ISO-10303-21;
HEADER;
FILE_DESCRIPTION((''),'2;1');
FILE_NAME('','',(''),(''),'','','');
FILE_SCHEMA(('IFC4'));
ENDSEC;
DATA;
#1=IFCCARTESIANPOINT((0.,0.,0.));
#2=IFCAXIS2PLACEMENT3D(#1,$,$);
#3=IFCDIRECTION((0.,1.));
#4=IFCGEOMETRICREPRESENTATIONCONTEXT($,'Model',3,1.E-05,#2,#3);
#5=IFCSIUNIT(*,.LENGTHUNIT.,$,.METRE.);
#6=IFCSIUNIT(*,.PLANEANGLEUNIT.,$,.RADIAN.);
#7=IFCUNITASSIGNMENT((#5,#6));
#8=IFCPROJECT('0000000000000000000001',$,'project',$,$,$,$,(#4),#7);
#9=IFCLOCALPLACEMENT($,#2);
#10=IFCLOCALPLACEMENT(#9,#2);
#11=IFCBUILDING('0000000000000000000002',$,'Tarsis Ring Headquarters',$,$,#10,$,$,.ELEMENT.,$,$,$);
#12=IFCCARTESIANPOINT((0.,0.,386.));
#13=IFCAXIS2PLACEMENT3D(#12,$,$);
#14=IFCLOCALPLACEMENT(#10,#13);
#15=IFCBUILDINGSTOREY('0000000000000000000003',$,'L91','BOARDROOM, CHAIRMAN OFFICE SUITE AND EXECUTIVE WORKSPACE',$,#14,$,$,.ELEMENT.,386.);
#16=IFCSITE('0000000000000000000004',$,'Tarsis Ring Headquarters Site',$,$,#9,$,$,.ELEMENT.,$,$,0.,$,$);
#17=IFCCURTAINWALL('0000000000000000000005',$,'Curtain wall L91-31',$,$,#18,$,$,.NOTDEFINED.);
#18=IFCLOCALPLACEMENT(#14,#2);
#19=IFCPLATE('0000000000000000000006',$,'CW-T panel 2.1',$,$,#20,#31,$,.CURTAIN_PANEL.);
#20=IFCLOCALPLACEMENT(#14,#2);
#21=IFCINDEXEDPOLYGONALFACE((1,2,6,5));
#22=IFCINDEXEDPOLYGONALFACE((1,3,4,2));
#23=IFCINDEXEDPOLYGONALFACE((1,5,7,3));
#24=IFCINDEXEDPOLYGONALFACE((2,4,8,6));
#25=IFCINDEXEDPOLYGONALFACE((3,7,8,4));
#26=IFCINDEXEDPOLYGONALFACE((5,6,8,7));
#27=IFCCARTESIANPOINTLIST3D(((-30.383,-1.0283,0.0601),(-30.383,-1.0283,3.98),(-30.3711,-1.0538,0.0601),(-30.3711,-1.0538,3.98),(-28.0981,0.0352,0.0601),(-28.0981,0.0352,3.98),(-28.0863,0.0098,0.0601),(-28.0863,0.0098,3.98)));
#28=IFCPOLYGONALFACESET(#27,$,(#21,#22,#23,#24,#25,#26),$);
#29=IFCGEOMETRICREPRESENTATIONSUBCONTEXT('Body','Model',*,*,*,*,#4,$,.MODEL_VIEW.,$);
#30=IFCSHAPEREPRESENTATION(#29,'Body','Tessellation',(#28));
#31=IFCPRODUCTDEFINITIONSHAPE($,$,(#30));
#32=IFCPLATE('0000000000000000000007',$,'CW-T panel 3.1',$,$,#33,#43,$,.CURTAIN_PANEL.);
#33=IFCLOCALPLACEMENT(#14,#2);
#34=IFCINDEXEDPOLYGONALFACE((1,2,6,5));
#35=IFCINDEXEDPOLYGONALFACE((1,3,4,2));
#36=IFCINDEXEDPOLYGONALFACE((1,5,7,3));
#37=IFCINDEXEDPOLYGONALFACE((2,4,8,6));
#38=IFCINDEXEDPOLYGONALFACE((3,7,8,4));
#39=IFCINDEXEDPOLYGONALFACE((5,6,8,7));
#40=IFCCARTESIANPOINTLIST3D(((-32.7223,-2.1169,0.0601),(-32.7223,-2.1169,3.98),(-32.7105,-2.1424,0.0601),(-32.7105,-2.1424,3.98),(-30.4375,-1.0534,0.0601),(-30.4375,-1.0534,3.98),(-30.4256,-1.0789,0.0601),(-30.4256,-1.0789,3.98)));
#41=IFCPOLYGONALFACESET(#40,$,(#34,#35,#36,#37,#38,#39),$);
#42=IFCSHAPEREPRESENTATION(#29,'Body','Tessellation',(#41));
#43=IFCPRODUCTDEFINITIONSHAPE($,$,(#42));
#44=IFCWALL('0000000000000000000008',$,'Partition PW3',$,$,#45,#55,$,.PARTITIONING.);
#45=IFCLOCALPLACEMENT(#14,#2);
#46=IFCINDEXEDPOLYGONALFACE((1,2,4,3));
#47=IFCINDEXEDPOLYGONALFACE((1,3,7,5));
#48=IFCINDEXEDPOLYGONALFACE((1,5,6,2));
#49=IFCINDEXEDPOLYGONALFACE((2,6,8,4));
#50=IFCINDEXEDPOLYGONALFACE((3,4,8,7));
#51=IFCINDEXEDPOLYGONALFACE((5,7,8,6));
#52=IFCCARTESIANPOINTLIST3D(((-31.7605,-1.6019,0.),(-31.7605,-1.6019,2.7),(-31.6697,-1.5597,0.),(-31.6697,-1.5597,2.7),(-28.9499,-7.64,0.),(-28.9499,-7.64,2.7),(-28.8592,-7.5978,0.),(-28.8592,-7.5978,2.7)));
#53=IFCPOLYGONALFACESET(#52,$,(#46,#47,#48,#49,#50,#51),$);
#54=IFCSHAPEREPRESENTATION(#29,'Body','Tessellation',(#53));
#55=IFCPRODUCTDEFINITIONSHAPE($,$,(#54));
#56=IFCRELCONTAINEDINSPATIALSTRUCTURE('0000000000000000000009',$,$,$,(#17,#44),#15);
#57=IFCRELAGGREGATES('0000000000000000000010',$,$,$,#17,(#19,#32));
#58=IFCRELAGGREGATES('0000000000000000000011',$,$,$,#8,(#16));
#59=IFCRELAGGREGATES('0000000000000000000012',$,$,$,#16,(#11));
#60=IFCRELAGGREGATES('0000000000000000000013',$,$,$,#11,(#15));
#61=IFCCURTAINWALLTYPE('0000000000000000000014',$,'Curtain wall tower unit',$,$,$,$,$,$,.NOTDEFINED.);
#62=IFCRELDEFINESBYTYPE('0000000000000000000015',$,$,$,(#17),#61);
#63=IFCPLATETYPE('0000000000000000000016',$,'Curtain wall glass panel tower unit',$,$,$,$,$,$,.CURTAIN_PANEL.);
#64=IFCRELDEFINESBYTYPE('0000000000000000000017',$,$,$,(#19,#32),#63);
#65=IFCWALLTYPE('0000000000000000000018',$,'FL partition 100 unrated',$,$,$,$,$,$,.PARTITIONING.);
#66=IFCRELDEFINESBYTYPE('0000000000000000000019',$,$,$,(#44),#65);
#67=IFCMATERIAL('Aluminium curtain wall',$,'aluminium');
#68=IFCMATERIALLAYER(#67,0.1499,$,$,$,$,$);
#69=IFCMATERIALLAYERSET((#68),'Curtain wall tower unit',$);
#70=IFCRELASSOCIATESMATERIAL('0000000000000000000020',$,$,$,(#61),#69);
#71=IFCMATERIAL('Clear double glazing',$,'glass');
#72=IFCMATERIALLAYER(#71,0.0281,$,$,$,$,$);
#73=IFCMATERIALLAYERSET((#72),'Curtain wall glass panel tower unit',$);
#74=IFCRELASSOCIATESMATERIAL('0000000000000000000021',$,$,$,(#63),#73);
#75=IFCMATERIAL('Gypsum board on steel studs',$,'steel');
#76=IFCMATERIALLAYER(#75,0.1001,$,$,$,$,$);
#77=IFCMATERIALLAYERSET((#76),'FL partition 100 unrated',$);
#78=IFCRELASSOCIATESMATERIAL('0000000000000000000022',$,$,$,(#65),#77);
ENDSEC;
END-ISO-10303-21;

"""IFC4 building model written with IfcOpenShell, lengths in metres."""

from ifc_helpers import new_model, si_unit, direction, frame, frame_2d, origin, origin_2d, place, context, subcontext, project, spatial, rectangle, extrude, material, layer, layer_set, type_object, element, aggregate, save


model = new_model("IFC4")

# Units and contexts
model_context = context("Model", 3, precision=1e-05, world=origin(), true_north=direction((0.0, 1.0)))
body_context = subcontext(model_context, "Body", "Model", "MODEL_VIEW")
ifc_project = project(units=[si_unit("LENGTHUNIT", "METRE"), si_unit("PLANEANGLEUNIT", "RADIAN")], contexts=[model_context])

# Site, building, storey
site_placement = place(None, origin())
site = spatial("IfcSite", under=ifc_project, at=site_placement, Name="Tarsis Ring Headquarters Site", CompositionType="ELEMENT", RefElevation=0.0)
building_placement = place(site_placement, origin())
building = spatial("IfcBuilding", under=site, at=building_placement, Name="Tarsis Ring Headquarters", CompositionType="ELEMENT")
storey_placement = place(building_placement, frame((0.0, 0.0, 386.0)))
storey = spatial("IfcBuildingStorey", under=building, at=storey_placement, Name="L91", Description="BOARDROOM, CHAIRMAN OFFICE SUITE AND EXECUTIVE WORKSPACE", CompositionType="ELEMENT", Elevation=386.0)

# Curtain wall
ifc_material_1 = material(Name="Aluminium curtain wall", Category="aluminium")
ifc_layer_1 = layer(ifc_material_1, 0.1499)
ifc_layer_set_1 = layer_set([ifc_layer_1], Name="Curtain wall tower unit")
curtain_wall_type = type_object("IfcCurtainWallType", Name="Curtain wall tower unit", PredefinedType="NOTDEFINED", material=ifc_layer_set_1)
curtain_wall_placement = place(storey_placement, origin())
curtain_wall = element("IfcCurtainWall", 1, at=curtain_wall_placement, inside=storey, type_object=curtain_wall_type, Name="Curtain wall L91-31", PredefinedType="NOTDEFINED")

# Plates
ifc_material_2 = material(Name="Clear double glazing", Category="glass")
ifc_layer_2 = layer(ifc_material_2, 0.0281)
ifc_layer_set_2 = layer_set([ifc_layer_2], Name="Curtain wall glass panel tower unit")
plate_type = type_object("IfcPlateType", Name="Curtain wall glass panel tower unit", PredefinedType="CURTAIN_PANEL", material=ifc_layer_set_2)
plate_1_placement = place(storey_placement, frame((-29.2346, -0.5093, 0.0601), z_axis=(0.0, 0.0, 1.0), x_axis=(-0.906603, -0.421985, 0.0)))
plate_1 = element("IfcPlate", 2, at=plate_1_placement, type_object=plate_type, Name="CW-T panel 2.1", PredefinedType="CURTAIN_PANEL", context=body_context, shape_type="SweptSolid", body=[
    extrude(rectangle(XDim=2.5203, YDim=0.0281, at=origin_2d()), origin(), (0.0, 0.0, 1.0), 3.9199),
])
plate_2_placement = place(storey_placement, frame((-31.574, -1.5979, 0.0601), z_axis=(0.0, 0.0, 1.0), x_axis=(-0.906603, -0.421985, 0.0)))
plate_2 = element("IfcPlate", 3, at=plate_2_placement, type_object=plate_type, Name="CW-T panel 3.1", PredefinedType="CURTAIN_PANEL", context=body_context, shape_type="SweptSolid", body=[
    extrude(rectangle(XDim=2.5203, YDim=0.0281, at=origin_2d()), origin(), (0.0, 0.0, 1.0), 3.9199),
])
aggregate(curtain_wall, [plate_1, plate_2])

# Wall
ifc_material_3 = material(Name="Gypsum board on steel studs", Category="steel")
ifc_layer_3 = layer(ifc_material_3, 0.1001)
ifc_layer_set_3 = layer_set([ifc_layer_3], Name="FL partition 100 unrated")
wall_type = type_object("IfcWallType", Name="FL partition 100 unrated", PredefinedType="PARTITIONING", material=ifc_layer_set_3)
wall_placement = place(storey_placement, frame((-31.7151, -1.5808, 0.0), z_axis=(0.0, 0.0, 1.0), x_axis=(0.421994, -0.906599, 0.0)))
element("IfcWall", 4, at=wall_placement, inside=storey, type_object=wall_type, Name="Partition PW3", PredefinedType="PARTITIONING", context=body_context, shape_type="SweptSolid", body=[
    extrude(rectangle(XDim=6.6602, YDim=0.1001, at=frame_2d((3.3301, 0.0))), origin(), (0.0, 0.0, 1.0), 2.7),
])

save(model, "model.ifc")
